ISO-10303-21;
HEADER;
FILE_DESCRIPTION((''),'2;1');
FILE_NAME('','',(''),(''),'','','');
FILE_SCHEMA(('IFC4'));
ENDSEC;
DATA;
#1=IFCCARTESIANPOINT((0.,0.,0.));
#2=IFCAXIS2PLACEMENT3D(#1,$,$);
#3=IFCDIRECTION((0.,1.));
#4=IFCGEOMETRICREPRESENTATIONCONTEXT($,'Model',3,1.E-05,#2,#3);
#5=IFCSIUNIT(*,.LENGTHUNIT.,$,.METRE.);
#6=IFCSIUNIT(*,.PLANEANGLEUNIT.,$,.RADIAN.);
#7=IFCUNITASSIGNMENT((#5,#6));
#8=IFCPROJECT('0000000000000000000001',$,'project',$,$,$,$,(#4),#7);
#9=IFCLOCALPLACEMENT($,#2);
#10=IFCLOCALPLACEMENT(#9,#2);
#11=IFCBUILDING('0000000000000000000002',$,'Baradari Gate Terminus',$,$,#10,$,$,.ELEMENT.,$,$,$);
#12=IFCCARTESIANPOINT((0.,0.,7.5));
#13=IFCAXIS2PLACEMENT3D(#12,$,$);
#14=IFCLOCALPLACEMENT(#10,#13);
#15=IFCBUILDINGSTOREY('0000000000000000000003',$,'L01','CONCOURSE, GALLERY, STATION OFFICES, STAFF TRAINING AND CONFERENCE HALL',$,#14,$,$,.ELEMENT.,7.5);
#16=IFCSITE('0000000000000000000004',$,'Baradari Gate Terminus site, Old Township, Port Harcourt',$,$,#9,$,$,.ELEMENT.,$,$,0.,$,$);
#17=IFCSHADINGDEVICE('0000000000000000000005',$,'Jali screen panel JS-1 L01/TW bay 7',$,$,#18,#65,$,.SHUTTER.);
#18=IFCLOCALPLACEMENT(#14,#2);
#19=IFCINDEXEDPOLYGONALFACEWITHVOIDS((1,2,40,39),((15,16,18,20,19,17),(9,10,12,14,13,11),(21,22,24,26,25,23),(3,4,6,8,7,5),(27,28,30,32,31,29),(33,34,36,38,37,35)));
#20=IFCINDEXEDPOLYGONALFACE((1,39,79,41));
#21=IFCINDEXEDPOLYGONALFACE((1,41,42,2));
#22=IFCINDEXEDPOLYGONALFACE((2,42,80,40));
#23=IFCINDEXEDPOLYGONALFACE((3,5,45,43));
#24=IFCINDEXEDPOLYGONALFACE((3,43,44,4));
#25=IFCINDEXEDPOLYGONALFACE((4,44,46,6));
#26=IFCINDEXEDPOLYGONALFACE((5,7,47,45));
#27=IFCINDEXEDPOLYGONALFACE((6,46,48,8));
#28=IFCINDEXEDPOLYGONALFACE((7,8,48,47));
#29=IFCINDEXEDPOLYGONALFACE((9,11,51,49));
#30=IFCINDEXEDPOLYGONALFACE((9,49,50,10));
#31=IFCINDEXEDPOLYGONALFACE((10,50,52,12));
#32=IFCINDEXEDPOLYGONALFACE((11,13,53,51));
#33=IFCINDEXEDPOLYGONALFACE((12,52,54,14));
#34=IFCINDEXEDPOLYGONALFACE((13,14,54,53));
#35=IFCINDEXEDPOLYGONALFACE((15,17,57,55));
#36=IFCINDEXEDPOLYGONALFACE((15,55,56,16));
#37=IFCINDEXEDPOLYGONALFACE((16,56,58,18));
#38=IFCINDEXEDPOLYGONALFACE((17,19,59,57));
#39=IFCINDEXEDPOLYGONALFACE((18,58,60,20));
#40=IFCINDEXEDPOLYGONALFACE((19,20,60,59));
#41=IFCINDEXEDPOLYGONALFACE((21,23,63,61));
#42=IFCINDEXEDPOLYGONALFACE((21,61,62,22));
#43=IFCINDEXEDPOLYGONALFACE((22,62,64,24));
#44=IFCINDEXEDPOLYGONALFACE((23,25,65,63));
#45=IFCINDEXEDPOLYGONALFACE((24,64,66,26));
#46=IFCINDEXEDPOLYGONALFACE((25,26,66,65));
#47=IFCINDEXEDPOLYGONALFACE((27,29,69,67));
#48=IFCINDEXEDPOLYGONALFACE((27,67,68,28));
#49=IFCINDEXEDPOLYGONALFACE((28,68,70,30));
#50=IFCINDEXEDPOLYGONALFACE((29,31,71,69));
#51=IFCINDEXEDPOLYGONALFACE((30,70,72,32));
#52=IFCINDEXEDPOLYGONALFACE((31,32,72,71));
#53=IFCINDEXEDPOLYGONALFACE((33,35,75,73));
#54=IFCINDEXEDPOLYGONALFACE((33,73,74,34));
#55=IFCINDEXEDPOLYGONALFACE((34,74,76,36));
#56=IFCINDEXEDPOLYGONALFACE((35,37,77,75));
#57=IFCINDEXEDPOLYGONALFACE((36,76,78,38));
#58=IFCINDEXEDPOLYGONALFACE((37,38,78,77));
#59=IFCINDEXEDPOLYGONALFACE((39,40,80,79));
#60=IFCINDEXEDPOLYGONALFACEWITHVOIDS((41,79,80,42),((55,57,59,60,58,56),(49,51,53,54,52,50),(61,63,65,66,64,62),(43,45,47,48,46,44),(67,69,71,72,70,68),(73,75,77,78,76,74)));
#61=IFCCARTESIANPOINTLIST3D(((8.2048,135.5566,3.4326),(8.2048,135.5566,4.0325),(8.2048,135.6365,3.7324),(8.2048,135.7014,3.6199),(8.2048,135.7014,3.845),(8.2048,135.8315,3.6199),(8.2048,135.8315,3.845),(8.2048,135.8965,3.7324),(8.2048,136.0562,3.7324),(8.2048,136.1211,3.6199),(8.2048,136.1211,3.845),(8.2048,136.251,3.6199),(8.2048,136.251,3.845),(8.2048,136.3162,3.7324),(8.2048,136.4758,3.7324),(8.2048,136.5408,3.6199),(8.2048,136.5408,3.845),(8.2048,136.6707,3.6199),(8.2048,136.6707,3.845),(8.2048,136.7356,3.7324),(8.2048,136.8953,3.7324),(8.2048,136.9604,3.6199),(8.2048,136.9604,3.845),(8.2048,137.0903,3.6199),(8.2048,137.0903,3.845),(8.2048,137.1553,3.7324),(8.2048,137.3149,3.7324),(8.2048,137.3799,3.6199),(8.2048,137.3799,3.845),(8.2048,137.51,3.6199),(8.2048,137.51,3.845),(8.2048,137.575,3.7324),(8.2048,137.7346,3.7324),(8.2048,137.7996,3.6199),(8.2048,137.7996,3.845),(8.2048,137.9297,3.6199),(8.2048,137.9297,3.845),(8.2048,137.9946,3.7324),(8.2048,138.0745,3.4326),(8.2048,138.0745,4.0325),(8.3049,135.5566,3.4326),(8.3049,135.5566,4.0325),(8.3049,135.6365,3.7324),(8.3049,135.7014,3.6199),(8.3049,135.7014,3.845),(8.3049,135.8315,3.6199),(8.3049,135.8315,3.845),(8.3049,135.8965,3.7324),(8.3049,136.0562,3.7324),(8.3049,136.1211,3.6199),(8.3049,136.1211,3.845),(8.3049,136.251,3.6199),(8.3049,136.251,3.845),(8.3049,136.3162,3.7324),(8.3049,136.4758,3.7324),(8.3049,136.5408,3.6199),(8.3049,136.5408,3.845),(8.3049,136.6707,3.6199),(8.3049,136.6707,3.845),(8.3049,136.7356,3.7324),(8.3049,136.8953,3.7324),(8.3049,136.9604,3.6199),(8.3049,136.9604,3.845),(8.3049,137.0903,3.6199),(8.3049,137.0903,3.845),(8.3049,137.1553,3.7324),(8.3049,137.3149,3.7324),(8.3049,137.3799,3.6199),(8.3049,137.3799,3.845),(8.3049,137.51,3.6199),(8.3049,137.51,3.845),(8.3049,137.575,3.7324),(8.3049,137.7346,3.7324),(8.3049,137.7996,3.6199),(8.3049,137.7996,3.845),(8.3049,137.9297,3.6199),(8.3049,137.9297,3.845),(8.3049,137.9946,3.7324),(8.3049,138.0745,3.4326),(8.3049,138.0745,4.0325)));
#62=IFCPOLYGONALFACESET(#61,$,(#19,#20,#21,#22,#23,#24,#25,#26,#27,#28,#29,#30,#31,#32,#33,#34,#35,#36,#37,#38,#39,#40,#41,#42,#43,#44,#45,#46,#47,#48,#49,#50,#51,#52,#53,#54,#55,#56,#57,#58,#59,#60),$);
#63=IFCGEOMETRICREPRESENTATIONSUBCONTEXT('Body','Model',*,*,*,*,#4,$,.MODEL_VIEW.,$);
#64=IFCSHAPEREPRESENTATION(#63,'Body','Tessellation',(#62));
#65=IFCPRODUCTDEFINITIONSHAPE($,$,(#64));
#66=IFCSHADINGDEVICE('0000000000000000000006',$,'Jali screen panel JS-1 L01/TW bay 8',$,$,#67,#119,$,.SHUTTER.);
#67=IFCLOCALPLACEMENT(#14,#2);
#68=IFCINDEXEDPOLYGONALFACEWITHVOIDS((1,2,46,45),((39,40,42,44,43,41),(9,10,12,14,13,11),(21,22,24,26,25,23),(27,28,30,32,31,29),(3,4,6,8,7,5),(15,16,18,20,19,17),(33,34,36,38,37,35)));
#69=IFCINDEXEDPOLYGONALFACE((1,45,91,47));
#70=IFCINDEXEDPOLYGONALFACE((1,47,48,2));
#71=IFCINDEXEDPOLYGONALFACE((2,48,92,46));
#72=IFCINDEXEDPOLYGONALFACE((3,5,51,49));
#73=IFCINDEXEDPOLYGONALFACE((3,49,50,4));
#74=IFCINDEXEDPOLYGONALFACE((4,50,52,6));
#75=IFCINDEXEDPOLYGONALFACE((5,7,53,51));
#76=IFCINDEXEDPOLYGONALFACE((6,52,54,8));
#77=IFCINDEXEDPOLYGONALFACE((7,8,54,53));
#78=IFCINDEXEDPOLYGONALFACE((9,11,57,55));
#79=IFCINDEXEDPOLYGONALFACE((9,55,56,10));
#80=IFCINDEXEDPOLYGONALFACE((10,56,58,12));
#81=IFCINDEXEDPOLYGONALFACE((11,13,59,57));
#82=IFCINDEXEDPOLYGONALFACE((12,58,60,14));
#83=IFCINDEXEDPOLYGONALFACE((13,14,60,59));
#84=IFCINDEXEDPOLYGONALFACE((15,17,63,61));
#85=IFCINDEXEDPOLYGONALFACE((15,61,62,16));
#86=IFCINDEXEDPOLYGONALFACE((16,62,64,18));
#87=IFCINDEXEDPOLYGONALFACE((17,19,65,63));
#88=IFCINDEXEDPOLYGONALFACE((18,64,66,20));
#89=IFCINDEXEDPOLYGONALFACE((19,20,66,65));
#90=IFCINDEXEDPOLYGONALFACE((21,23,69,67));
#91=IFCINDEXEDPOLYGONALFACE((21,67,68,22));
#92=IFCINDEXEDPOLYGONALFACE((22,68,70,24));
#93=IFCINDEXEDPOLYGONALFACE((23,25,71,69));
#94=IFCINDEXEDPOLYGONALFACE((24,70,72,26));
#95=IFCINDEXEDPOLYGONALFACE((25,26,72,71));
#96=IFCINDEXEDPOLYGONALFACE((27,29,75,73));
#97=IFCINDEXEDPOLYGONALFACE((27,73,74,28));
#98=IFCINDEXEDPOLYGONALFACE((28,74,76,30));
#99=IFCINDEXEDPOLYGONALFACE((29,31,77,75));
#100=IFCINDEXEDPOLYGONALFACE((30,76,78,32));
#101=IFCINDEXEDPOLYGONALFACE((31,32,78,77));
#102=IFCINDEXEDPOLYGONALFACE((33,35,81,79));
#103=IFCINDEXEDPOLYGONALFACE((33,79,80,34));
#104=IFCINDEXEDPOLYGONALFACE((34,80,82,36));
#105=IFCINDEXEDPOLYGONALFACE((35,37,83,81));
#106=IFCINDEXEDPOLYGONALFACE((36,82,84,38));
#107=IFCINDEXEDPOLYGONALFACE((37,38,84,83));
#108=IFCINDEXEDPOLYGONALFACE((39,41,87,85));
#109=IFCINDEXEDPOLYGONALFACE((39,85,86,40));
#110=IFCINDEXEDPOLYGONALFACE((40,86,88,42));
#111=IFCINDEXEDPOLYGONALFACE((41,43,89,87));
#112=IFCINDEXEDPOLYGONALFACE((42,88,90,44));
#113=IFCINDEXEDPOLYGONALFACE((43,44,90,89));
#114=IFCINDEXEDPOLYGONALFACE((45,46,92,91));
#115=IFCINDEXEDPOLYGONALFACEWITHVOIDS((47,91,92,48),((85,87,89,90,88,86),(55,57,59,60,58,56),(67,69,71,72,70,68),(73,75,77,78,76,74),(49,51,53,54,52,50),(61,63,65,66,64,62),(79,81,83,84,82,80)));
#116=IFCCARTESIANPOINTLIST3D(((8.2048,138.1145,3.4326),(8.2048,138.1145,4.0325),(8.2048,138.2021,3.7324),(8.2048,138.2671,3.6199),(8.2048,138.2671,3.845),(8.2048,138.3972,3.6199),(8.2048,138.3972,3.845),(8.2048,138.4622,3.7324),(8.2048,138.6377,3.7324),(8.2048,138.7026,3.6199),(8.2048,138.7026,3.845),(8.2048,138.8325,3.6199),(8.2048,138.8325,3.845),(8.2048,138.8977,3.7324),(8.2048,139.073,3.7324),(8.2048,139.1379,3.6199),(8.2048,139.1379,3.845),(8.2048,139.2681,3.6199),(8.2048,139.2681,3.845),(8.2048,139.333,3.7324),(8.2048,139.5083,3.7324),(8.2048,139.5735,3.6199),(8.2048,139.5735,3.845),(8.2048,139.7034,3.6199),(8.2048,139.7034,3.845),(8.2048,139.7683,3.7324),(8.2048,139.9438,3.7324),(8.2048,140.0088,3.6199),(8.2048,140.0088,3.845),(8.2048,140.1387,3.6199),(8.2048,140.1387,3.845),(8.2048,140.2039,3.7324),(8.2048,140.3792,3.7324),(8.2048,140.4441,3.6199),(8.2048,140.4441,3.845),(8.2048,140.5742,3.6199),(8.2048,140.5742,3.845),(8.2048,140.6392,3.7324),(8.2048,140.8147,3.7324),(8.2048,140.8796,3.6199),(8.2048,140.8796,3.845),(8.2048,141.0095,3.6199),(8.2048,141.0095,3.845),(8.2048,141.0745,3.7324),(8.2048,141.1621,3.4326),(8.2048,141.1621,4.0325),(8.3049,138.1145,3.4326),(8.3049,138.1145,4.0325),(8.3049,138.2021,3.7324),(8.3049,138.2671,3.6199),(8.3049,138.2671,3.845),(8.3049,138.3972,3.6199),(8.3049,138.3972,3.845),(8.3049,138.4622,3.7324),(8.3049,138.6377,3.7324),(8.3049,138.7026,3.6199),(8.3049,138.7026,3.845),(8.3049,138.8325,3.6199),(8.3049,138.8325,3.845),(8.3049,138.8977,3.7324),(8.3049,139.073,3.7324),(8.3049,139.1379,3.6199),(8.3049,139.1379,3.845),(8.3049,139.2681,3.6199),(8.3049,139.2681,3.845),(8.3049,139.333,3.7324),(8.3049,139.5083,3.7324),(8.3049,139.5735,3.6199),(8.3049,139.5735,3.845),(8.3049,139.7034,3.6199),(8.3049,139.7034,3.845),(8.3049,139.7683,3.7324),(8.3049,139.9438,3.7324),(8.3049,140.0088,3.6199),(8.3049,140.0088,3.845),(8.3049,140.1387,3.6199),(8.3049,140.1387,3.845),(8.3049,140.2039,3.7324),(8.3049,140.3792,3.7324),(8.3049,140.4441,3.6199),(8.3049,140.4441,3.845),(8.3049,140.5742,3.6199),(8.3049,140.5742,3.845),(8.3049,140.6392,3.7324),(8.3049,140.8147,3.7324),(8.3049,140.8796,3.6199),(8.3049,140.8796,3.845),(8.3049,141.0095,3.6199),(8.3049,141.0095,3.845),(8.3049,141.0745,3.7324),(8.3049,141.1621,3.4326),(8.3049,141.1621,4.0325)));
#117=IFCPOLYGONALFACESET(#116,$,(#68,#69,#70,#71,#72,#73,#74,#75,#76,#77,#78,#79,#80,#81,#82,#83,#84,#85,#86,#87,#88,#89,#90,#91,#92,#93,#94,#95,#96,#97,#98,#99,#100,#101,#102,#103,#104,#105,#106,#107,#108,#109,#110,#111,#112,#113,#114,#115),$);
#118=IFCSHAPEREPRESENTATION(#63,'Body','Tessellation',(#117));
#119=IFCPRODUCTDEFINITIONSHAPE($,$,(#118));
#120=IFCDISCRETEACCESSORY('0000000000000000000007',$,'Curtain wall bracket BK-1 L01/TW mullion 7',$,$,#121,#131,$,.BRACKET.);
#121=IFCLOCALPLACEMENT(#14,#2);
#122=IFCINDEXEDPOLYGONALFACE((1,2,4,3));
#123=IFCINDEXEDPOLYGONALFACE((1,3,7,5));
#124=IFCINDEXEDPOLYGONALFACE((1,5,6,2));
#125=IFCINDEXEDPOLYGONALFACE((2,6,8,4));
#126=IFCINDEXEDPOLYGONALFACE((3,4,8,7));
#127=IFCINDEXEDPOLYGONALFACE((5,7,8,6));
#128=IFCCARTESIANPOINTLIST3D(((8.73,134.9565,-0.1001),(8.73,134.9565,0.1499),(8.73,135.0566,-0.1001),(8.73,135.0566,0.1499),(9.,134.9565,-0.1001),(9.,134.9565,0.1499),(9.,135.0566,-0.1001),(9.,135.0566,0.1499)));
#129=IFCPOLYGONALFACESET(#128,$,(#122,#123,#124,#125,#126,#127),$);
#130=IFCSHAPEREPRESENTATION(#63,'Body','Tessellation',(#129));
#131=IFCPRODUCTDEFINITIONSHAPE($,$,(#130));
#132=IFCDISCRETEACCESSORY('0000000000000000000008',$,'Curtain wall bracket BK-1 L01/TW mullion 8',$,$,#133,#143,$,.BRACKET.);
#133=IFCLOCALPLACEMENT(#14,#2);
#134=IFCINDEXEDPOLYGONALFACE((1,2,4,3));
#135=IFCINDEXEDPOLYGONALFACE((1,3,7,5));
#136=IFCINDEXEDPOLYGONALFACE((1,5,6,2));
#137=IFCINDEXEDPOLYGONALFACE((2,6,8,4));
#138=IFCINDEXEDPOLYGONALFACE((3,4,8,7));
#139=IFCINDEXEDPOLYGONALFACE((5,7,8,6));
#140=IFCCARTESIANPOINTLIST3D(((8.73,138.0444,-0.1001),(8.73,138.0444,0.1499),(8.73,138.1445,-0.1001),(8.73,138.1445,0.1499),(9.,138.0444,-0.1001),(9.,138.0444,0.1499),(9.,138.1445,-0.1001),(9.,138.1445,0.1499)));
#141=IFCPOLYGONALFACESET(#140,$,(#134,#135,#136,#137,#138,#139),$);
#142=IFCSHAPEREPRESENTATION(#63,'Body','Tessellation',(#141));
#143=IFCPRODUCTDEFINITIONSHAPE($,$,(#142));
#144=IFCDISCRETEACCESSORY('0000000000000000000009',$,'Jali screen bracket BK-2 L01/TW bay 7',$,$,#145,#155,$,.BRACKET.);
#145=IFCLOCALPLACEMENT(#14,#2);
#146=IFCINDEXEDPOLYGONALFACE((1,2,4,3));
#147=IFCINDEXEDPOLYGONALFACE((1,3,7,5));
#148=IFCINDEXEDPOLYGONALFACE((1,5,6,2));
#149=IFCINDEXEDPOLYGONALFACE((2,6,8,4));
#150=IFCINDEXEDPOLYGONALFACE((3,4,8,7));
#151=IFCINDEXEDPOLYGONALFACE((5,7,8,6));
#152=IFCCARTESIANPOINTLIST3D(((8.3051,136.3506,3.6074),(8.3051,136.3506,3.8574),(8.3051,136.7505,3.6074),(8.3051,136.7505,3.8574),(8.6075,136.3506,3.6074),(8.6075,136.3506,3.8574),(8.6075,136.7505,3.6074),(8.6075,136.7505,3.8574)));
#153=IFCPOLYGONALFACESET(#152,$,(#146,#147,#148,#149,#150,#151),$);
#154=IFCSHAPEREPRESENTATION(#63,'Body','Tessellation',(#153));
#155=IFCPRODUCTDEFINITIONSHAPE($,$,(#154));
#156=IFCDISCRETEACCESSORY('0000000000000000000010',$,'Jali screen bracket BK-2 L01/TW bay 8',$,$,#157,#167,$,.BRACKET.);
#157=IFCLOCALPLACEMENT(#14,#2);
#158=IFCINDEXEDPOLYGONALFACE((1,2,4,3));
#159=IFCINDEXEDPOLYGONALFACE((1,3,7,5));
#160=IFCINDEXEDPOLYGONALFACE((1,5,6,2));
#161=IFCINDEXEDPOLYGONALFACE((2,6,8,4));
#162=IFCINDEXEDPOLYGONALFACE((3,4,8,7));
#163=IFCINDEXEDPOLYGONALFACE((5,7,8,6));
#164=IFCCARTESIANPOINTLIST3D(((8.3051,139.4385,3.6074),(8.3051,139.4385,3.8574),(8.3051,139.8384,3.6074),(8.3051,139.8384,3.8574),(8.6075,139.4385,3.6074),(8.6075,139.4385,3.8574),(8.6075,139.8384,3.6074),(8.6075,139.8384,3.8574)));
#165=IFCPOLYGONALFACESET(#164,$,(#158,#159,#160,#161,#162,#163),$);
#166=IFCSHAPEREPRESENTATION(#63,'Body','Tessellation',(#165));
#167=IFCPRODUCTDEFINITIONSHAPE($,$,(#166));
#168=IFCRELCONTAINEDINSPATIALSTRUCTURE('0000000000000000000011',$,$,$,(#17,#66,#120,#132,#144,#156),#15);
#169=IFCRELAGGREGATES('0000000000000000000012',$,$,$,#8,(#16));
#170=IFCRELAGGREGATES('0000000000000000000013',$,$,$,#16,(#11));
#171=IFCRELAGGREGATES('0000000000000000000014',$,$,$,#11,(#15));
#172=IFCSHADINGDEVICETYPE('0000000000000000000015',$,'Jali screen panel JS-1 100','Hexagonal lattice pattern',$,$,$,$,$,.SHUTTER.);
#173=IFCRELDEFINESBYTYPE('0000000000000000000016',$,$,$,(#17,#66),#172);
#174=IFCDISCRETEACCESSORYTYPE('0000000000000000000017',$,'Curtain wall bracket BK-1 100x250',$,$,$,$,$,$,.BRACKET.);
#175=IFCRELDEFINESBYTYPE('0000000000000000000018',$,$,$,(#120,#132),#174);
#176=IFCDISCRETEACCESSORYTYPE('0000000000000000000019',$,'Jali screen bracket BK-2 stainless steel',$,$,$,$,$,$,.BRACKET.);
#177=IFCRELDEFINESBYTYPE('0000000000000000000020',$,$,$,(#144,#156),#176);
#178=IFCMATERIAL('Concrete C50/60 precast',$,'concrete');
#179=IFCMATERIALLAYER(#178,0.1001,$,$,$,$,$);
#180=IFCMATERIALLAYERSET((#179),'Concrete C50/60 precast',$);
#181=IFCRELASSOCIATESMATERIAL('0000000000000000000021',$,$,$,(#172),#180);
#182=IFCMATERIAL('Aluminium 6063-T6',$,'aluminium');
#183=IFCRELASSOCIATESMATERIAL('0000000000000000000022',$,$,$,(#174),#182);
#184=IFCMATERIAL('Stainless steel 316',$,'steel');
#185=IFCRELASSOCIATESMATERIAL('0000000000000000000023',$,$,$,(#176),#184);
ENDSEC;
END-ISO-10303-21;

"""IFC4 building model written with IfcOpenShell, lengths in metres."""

from ifc_helpers import new_model, si_unit, direction, frame, origin, origin_2d, place, context, subcontext, project, spatial, polyline, rectangle, outline, extrude, material, layer, layer_set, type_object, element, save


model = new_model("IFC4")

# Units and contexts
model_context = context("Model", 3, precision=1e-05, world=origin(), true_north=direction((0.0, 1.0)))
body_context = subcontext(model_context, "Body", "Model", "MODEL_VIEW")
ifc_project = project(units=[si_unit("LENGTHUNIT", "METRE"), si_unit("PLANEANGLEUNIT", "RADIAN")], contexts=[model_context])

# Site, building, storey
site_placement = place(None, origin())
site = spatial("IfcSite", under=ifc_project, at=site_placement, Name="Baradari Gate Terminus site, Old Township, Port Harcourt", CompositionType="ELEMENT", RefElevation=0.0)
building_placement = place(site_placement, origin())
building = spatial("IfcBuilding", under=site, at=building_placement, Name="Baradari Gate Terminus", CompositionType="ELEMENT")
storey_placement = place(building_placement, frame((0.0, 0.0, 7.5)))
storey = spatial("IfcBuildingStorey", under=building, at=storey_placement, Name="L01", Description="CONCOURSE, GALLERY, STATION OFFICES, STAFF TRAINING AND CONFERENCE HALL", CompositionType="ELEMENT", Elevation=7.5)

# Shading devices
ifc_material_1 = material(Name="Concrete C50/60 precast", Category="concrete")
ifc_layer_1 = layer(ifc_material_1, 0.1001)
ifc_layer_set_1 = layer_set([ifc_layer_1], Name="Concrete C50/60 precast")
shading_device_type = type_object("IfcShadingDeviceType", Name="Jali screen panel JS-1 100", Description="Hexagonal lattice pattern", PredefinedType="SHUTTER", material=ifc_layer_set_1)
shading_device_1_placement = place(storey_placement, frame((8.2549, 135.5566, 3.4326), z_axis=(0.0, 0.0, 1.0), x_axis=(0.0, 1.0, 0.0)))
element("IfcShadingDevice", 1, at=shading_device_1_placement, inside=storey, type_object=shading_device_type, Name="Jali screen panel JS-1 L01/TW bay 7", PredefinedType="SHUTTER", context=body_context, shape_type="SweptSolid", body=[
    extrude(outline(polyline([(0.0, 0.0), (2.5178, 0.0), (2.5178, 0.5999), (0.0, 0.5999), (0.0, 0.0)]), holes=[polyline([(0.3398, 0.2998), (0.2749, 0.1873), (0.1448, 0.1873), (0.0798, 0.2998), (0.1448, 0.4124), (0.2749, 0.4124), (0.3398, 0.2998)]), polyline([(0.7595, 0.2998), (0.6943, 0.1873), (0.5645, 0.1873), (0.4995, 0.2998), (0.5645, 0.4124), (0.6943, 0.4124), (0.7595, 0.2998)]), polyline([(1.179, 0.2998), (1.114, 0.1873), (0.9841, 0.1873), (0.9192, 0.2998), (0.9841, 0.4124), (1.114, 0.4124), (1.179, 0.2998)]), polyline([(1.5986, 0.2998), (1.5337, 0.1873), (1.4038, 0.1873), (1.3386, 0.2998), (1.4038, 0.4124), (1.5337, 0.4124), (1.5986, 0.2998)]), polyline([(2.0183, 0.2998), (1.9534, 0.1873), (1.8232, 0.1873), (1.7583, 0.2998), (1.8232, 0.4124), (1.9534, 0.4124), (2.0183, 0.2998)]), polyline([(2.438, 0.2998), (2.373, 0.1873), (2.2429, 0.1873), (2.178, 0.2998), (2.2429, 0.4124), (2.373, 0.4124), (2.438, 0.2998)])]), frame((0.0, 0.05, 0.0), z_axis=(0.0, -1.0, 0.0), x_axis=(1.0, 0.0, 0.0)), (0.0, 0.0, 1.0), 0.1001),
])
shading_device_2_placement = place(storey_placement, frame((8.2549, 138.1145, 3.4326), z_axis=(0.0, 0.0, 1.0), x_axis=(0.0, 1.0, 0.0)))
element("IfcShadingDevice", 2, at=shading_device_2_placement, inside=storey, type_object=shading_device_type, Name="Jali screen panel JS-1 L01/TW bay 8", PredefinedType="SHUTTER", context=body_context, shape_type="SweptSolid", body=[
    extrude(outline(polyline([(0.0, 0.0), (3.0476, 0.0), (3.0476, 0.5999), (0.0, 0.5999), (0.0, 0.0)]), holes=[polyline([(0.3477, 0.2998), (0.2827, 0.1873), (0.1526, 0.1873), (0.0876, 0.2998), (0.1526, 0.4124), (0.2827, 0.4124), (0.3477, 0.2998)]), polyline([(0.7832, 0.2998), (0.718, 0.1873), (0.5881, 0.1873), (0.5232, 0.2998), (0.5881, 0.4124), (0.718, 0.4124), (0.7832, 0.2998)]), polyline([(1.2185, 0.2998), (1.1536, 0.1873), (1.0234, 0.1873), (0.9585, 0.2998), (1.0234, 0.4124), (1.1536, 0.4124), (1.2185, 0.2998)]), polyline([(1.6538, 0.2998), (1.5889, 0.1873), (1.459, 0.1873), (1.3938, 0.2998), (1.459, 0.4124), (1.5889, 0.4124), (1.6538, 0.2998)]), polyline([(2.0894, 0.2998), (2.0242, 0.1873), (1.8943, 0.1873), (1.8293, 0.2998), (1.8943, 0.4124), (2.0242, 0.4124), (2.0894, 0.2998)]), polyline([(2.5247, 0.2998), (2.4597, 0.1873), (2.3296, 0.1873), (2.2646, 0.2998), (2.3296, 0.4124), (2.4597, 0.4124), (2.5247, 0.2998)]), polyline([(2.96, 0.2998), (2.895, 0.1873), (2.7651, 0.1873), (2.7002, 0.2998), (2.7651, 0.4124), (2.895, 0.4124), (2.96, 0.2998)])]), frame((0.0, 0.05, 0.0), z_axis=(0.0, -1.0, 0.0), x_axis=(1.0, 0.0, 0.0)), (0.0, 0.0, 1.0), 0.1001),
])

# Discrete accessories
ifc_material_2 = material(Name="Aluminium 6063-T6", Category="aluminium")
discrete_accessory_type_1 = type_object("IfcDiscreteAccessoryType", Name="Curtain wall bracket BK-1 100x250", PredefinedType="BRACKET", material=ifc_material_2)
for number, where, z_axis, x_axis, name in (
    (3, (8.865, 135.0066, -0.1001), (0.0, 0.0, 1.0), (-1.0, 0.0, 0.0), "Curtain wall bracket BK-1 L01/TW mullion 7"),
    (4, (8.865, 138.0945, -0.1001), (0.0, 0.0, 1.0), (-1.0, 0.0, 0.0), "Curtain wall bracket BK-1 L01/TW mullion 8"),
):
    element("IfcDiscreteAccessory", number, at=place(storey_placement, frame(where, z_axis=z_axis, x_axis=x_axis)), inside=storey, type_object=discrete_accessory_type_1, Name=name, PredefinedType="BRACKET", context=body_context, shape_type="SweptSolid", body=[
        extrude(rectangle(XDim=0.27, YDim=0.1001, at=origin_2d()), origin(), (0.0, 0.0, 1.0), 0.25),
    ])
ifc_material_3 = material(Name="Stainless steel 316", Category="steel")
discrete_accessory_type_2 = type_object("IfcDiscreteAccessoryType", Name="Jali screen bracket BK-2 stainless steel", PredefinedType="BRACKET", material=ifc_material_3)
for number, where, z_axis, x_axis, name in (
    (5, (8.4563, 136.5505, 3.6074), (0.0, 0.0, 1.0), (-1.0, 0.0, 0.0), "Jali screen bracket BK-2 L01/TW bay 7"),
    (6, (8.4563, 139.6384, 3.6074), (0.0, 0.0, 1.0), (-1.0, 0.0, 0.0), "Jali screen bracket BK-2 L01/TW bay 8"),
):
    element("IfcDiscreteAccessory", number, at=place(storey_placement, frame(where, z_axis=z_axis, x_axis=x_axis)), inside=storey, type_object=discrete_accessory_type_2, Name=name, PredefinedType="BRACKET", context=body_context, shape_type="SweptSolid", body=[
        extrude(rectangle(XDim=0.3025, YDim=0.3999, at=origin_2d()), origin(), (0.0, 0.0, 1.0), 0.25),
    ])

save(model, "model.ifc")
